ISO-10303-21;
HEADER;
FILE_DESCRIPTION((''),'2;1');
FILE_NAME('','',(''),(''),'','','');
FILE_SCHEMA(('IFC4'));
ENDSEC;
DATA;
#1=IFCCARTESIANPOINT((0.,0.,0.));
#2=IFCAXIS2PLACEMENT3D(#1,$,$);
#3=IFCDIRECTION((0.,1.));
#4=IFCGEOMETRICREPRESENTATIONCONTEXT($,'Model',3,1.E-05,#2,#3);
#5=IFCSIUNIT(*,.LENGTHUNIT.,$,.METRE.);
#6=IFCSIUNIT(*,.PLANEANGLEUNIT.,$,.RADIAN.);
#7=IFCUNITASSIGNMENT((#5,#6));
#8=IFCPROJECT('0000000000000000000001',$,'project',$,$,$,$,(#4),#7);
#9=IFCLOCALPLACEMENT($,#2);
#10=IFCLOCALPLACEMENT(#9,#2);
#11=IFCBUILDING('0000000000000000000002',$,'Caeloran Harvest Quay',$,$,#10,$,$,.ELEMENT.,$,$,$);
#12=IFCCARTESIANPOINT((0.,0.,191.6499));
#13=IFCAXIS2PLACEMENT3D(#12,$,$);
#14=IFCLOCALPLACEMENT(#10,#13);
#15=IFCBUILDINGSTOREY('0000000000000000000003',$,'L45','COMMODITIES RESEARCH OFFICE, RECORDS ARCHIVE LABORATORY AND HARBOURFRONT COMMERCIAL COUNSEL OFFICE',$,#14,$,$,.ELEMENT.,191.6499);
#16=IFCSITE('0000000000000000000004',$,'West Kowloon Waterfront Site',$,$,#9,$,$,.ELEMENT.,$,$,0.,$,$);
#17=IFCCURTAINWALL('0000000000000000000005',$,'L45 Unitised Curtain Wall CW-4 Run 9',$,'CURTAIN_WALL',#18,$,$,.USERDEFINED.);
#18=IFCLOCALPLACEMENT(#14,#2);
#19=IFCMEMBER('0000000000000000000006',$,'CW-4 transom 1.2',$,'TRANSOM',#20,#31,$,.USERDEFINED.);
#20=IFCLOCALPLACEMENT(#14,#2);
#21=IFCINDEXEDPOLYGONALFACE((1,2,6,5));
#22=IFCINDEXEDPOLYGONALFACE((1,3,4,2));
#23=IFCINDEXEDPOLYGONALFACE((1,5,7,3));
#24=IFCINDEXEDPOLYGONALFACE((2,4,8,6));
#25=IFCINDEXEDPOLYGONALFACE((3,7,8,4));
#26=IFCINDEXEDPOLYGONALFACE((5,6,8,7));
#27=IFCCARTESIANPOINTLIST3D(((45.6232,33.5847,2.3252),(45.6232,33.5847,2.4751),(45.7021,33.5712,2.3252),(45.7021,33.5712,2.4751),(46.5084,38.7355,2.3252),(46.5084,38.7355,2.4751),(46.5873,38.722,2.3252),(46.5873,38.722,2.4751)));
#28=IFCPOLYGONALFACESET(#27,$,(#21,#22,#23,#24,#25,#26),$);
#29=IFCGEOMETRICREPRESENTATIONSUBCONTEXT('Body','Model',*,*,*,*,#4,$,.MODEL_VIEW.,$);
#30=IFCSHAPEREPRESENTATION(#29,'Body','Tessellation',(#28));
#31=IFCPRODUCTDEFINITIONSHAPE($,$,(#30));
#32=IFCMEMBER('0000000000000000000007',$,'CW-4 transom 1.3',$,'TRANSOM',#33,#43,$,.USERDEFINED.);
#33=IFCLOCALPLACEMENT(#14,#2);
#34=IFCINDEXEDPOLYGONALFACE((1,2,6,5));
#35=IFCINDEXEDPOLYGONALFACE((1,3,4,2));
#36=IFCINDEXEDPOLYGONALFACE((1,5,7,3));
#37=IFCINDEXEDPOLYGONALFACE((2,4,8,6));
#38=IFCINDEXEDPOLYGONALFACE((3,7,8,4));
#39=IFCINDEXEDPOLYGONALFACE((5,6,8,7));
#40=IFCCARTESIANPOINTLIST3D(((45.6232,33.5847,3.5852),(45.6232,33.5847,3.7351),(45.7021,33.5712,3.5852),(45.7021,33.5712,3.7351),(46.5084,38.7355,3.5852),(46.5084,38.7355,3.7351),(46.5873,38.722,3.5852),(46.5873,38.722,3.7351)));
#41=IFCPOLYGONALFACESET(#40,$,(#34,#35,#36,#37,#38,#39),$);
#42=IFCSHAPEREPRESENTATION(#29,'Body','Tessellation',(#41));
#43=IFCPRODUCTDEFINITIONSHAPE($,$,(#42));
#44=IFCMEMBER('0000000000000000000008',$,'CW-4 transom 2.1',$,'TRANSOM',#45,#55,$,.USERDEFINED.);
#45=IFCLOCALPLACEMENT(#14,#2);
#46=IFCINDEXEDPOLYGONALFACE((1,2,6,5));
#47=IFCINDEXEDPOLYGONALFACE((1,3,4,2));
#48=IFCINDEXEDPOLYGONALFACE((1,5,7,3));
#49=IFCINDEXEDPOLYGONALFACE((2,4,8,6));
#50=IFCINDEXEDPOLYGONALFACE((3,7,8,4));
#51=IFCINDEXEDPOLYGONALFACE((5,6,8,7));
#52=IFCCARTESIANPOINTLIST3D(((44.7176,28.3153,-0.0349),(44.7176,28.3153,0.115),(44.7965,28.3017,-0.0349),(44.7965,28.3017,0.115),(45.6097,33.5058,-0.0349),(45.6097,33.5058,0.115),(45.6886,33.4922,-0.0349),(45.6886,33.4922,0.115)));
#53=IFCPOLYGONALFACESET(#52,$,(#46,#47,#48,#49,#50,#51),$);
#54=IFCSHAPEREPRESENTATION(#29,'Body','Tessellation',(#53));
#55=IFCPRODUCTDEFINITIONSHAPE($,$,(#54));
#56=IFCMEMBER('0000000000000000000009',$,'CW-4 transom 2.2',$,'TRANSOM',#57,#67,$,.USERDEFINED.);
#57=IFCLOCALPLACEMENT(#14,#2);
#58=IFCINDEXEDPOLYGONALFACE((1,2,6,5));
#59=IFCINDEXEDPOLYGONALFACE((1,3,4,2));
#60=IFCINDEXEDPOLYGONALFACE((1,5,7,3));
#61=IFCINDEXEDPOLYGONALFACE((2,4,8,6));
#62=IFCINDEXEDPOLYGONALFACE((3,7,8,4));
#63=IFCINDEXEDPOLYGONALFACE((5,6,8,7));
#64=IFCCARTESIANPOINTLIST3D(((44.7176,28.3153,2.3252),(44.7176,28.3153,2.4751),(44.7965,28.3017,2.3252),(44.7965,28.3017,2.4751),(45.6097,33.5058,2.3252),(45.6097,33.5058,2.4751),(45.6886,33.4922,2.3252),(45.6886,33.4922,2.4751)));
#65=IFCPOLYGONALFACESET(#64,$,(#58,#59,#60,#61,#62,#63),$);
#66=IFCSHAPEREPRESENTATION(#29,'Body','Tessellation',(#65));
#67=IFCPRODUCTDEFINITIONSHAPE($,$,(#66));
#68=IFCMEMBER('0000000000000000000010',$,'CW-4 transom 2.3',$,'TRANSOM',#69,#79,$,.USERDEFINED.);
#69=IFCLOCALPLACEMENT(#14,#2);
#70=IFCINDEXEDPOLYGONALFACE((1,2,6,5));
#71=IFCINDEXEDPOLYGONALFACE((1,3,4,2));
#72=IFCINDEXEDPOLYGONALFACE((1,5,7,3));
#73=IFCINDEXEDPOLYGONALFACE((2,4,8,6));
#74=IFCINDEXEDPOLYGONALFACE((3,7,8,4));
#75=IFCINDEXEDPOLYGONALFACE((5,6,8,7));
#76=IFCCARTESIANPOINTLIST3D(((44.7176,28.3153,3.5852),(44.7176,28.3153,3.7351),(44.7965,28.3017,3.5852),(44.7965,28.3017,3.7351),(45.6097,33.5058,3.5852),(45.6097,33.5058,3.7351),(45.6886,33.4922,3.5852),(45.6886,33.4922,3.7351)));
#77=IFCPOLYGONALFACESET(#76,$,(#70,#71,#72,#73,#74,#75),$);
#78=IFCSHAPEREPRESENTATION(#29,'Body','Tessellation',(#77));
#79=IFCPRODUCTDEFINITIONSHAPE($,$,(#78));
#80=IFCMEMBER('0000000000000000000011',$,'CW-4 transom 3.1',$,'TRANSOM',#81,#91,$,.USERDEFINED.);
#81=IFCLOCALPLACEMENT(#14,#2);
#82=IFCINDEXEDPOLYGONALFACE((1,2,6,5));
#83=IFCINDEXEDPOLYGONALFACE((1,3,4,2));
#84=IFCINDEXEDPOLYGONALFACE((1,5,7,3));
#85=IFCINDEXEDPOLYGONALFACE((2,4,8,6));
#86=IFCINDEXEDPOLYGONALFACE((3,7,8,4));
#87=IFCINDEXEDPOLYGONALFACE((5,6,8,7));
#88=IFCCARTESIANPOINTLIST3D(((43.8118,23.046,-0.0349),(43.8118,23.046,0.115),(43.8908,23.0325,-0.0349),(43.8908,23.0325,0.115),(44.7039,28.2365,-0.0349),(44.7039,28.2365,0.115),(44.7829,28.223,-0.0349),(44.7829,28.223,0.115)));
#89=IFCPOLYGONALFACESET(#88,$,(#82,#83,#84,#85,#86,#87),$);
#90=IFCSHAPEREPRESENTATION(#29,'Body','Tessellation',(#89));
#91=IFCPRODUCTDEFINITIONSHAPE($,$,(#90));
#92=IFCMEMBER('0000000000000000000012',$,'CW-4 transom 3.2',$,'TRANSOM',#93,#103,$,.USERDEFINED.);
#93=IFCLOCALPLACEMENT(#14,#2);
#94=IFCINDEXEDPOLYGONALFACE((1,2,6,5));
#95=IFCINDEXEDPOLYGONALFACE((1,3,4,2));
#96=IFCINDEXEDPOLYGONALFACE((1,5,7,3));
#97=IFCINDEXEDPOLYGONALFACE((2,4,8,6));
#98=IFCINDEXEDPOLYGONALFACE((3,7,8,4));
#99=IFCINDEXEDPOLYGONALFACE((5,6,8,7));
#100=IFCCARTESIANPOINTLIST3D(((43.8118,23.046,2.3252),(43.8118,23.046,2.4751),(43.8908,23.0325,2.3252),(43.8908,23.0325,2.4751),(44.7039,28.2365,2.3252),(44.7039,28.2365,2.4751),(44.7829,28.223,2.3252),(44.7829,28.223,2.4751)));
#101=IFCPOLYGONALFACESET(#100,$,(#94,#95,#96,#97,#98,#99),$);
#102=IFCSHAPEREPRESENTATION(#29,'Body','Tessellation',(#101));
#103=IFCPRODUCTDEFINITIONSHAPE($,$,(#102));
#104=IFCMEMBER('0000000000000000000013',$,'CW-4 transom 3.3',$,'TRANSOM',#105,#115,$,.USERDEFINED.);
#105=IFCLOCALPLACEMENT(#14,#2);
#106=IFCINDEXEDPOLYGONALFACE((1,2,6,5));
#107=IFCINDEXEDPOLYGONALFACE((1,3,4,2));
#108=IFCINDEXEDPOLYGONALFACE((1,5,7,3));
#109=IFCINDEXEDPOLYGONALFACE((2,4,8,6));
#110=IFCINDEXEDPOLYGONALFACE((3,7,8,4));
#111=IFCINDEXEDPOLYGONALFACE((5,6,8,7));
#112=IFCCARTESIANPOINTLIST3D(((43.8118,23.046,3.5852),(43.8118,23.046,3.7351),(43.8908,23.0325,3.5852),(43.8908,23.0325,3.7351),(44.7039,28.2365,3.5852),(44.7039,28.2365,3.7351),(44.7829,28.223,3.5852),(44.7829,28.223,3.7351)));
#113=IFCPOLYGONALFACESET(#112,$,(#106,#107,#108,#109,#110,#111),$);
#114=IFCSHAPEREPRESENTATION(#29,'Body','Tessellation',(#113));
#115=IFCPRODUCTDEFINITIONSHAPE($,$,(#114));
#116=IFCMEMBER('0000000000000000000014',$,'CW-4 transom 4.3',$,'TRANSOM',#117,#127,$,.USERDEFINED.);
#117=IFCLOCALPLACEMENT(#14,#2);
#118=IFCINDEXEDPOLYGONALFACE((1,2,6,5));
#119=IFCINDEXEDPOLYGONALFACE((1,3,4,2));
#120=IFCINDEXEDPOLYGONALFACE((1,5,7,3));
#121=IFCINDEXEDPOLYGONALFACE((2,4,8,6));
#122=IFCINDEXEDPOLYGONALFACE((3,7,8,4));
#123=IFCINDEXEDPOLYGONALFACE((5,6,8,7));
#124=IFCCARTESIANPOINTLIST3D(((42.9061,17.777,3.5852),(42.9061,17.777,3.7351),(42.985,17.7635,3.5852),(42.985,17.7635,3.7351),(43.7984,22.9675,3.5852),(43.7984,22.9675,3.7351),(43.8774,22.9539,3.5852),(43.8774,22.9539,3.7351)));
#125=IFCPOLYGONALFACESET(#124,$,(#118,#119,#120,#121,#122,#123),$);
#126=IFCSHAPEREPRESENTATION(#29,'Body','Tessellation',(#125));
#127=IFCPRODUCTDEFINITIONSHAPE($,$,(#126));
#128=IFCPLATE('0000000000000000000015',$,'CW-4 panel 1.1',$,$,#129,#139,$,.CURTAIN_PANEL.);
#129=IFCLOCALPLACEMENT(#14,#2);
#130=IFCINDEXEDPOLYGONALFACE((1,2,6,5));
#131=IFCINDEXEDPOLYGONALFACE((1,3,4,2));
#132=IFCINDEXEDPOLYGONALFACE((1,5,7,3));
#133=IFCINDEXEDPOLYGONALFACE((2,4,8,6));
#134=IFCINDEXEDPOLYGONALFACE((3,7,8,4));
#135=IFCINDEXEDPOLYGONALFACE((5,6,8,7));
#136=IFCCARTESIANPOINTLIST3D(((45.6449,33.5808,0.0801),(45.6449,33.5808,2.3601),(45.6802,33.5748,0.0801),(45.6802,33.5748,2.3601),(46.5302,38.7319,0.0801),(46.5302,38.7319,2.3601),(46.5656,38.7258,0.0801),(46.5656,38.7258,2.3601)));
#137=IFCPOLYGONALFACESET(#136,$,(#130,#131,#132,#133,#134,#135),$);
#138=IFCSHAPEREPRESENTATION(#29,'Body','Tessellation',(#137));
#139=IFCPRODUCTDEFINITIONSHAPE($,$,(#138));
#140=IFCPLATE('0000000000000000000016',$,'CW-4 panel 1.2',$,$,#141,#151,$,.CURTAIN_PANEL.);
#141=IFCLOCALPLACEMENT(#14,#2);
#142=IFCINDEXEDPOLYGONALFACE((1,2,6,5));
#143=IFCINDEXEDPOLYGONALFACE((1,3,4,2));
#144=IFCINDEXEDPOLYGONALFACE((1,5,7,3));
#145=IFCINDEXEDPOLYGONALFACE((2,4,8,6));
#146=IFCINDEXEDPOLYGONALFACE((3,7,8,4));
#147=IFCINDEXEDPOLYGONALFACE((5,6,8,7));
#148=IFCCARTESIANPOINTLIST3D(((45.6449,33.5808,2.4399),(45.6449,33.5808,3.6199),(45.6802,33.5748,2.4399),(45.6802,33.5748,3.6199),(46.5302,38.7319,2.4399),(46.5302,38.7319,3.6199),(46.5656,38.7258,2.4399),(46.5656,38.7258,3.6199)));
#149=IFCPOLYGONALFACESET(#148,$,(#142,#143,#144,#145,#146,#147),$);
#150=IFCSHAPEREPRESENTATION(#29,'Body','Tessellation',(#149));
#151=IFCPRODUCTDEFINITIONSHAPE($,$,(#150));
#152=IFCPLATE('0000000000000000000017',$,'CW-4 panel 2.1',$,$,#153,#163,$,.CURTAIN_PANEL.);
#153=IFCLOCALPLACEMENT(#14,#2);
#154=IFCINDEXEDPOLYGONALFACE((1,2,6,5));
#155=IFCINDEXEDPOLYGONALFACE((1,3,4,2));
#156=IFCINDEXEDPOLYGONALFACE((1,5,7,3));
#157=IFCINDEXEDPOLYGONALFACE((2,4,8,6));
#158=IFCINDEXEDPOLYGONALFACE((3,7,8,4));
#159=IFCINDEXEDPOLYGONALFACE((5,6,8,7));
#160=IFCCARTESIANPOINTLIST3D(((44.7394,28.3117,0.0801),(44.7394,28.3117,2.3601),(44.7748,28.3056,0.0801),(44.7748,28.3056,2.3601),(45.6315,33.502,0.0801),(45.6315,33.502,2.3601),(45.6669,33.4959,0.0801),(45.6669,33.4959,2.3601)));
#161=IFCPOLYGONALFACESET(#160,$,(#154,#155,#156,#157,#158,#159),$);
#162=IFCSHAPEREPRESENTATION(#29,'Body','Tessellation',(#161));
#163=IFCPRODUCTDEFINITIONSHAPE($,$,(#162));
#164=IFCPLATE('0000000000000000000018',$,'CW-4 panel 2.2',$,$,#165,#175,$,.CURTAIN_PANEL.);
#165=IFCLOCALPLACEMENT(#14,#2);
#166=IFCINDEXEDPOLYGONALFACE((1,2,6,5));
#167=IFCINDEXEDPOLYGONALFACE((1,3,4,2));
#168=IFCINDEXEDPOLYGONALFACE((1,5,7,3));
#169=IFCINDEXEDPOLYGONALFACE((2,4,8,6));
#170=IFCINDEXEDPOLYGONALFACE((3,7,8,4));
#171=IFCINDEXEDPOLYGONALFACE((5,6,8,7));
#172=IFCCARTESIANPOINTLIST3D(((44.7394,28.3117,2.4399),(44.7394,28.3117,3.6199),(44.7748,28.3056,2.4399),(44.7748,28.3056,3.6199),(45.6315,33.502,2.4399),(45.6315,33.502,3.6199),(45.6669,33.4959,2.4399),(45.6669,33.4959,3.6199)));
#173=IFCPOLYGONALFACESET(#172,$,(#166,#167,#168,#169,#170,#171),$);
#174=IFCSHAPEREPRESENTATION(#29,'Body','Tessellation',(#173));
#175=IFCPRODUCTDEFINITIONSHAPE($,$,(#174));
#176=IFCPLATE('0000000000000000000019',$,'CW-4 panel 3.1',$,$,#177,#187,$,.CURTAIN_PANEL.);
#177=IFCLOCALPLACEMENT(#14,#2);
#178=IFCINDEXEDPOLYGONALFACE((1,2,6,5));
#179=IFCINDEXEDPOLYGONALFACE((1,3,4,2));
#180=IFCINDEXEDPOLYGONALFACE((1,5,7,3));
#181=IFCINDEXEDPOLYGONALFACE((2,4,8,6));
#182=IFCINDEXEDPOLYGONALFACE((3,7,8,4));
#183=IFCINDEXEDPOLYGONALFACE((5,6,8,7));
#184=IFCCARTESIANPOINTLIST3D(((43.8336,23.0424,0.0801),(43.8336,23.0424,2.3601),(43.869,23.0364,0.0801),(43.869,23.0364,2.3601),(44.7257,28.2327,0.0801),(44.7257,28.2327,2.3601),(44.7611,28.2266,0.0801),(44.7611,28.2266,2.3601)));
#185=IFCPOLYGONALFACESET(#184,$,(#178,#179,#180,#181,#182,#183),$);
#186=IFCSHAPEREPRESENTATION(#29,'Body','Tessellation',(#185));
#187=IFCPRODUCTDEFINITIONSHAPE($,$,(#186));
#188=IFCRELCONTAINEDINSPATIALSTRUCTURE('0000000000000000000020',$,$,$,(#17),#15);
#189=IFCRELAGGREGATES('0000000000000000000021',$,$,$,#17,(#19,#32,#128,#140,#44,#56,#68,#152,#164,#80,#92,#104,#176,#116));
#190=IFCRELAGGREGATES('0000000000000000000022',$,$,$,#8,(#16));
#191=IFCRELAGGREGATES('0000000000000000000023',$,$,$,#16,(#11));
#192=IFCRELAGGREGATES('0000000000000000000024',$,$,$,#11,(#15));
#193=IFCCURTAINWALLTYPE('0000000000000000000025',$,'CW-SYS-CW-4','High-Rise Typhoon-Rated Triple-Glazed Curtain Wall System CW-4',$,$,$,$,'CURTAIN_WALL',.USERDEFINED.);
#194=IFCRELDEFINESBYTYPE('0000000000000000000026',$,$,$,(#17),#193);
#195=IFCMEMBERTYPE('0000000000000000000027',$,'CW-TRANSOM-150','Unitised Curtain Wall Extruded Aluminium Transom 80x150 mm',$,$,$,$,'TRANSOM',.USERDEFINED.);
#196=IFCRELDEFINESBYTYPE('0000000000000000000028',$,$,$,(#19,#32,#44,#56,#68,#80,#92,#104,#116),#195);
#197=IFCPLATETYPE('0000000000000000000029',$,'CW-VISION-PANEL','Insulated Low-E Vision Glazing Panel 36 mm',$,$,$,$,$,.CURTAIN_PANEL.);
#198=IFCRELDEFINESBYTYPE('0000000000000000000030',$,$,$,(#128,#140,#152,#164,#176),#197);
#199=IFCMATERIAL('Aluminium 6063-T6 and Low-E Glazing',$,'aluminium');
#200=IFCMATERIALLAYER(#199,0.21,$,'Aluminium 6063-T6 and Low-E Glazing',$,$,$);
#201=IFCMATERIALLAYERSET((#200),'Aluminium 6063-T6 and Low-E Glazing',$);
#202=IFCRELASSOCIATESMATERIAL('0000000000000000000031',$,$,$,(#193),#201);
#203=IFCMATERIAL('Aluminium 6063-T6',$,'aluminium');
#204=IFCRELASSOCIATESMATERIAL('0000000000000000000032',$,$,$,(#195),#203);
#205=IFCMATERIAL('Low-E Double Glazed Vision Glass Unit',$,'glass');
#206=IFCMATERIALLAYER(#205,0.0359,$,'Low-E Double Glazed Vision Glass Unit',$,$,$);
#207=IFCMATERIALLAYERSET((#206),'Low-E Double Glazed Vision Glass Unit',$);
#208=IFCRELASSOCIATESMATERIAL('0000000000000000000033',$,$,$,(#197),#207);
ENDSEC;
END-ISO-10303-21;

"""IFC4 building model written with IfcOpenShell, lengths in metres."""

from ifc_helpers import new_model, si_unit, direction, frame, origin, origin_2d, place, context, subcontext, project, spatial, rectangle, extrude, material, layer, layer_set, material_profile, profile_set, type_object, element, aggregate, save


model = new_model("IFC4")

# Units and contexts
model_context = context("Model", 3, precision=1e-05, world=origin(), true_north=direction((0.0, 1.0)))
body_context = subcontext(model_context, "Body", "Model", "MODEL_VIEW")
ifc_project = project(units=[si_unit("LENGTHUNIT", "METRE"), si_unit("PLANEANGLEUNIT", "RADIAN")], contexts=[model_context])

# Site, building, storey
site_placement = place(None, origin())
site = spatial("IfcSite", under=ifc_project, at=site_placement, Name="West Kowloon Waterfront Site", CompositionType="ELEMENT", RefElevation=0.0)
building_placement = place(site_placement, origin())
building = spatial("IfcBuilding", under=site, at=building_placement, Name="Caeloran Harvest Quay", CompositionType="ELEMENT")
storey_placement = place(building_placement, frame((0.0, 0.0, 191.6499)))
storey = spatial("IfcBuildingStorey", under=building, at=storey_placement, Name="L45", Description="COMMODITIES RESEARCH OFFICE, RECORDS ARCHIVE LABORATORY AND HARBOURFRONT COMMERCIAL COUNSEL OFFICE", CompositionType="ELEMENT", Elevation=191.6499)

# Curtain wall, members, plates
ifc_material_1 = material(Name="Aluminium 6063-T6 and Low-E Glazing", Category="aluminium")
ifc_layer_1 = layer(ifc_material_1, 0.21, Name="Aluminium 6063-T6 and Low-E Glazing")
ifc_layer_set_1 = layer_set([ifc_layer_1], Name="Aluminium 6063-T6 and Low-E Glazing")
curtain_wall_type = type_object("IfcCurtainWallType", Name="CW-SYS-CW-4", Description="High-Rise Typhoon-Rated Triple-Glazed Curtain Wall System CW-4", ElementType="CURTAIN_WALL", PredefinedType="USERDEFINED", material=ifc_layer_set_1)
curtain_wall_placement = place(storey_placement, origin())
curtain_wall = element("IfcCurtainWall", 1, at=curtain_wall_placement, inside=storey, type_object=curtain_wall_type, Name="L45 Unitised Curtain Wall CW-4 Run 9", ObjectType="CURTAIN_WALL", PredefinedType="USERDEFINED")
ifc_material_2 = material(Name="Aluminium 6063-T6", Category="aluminium")
ifc_material_profile_1 = material_profile(ifc_material_2, rectangle(XDim=0.0801, YDim=0.1499, at=origin_2d()), Name="CW-TRANSOM-150")
ifc_profile_set_1 = profile_set([ifc_material_profile_1], Name="Aluminium 6063-T6")
member_type_1 = type_object("IfcMemberType", Name="CW-TRANSOM-150", Description="Unitised Curtain Wall Extruded Aluminium Transom 80x150 mm", ElementType="TRANSOM", PredefinedType="USERDEFINED", material=ifc_profile_set_1)
member_1_placement = place(storey_placement, frame((46.5479, 38.7288, 2.4001), z_axis=(-0.169381, -0.985551, 0.0), x_axis=(0.985551, -0.169381, 0.0)))
member_1 = element("IfcMember", 2, at=member_1_placement, type_object=member_type_1, Name="CW-4 transom 1.2", ObjectType="TRANSOM", PredefinedType="USERDEFINED", context=body_context, shape_type="SweptSolid", body=[
    extrude(rectangle(XDim=0.0801, YDim=0.1499, at=origin_2d()), origin(), (0.0, 0.0, 1.0), 5.2263),
])
member_2_placement = place(storey_placement, frame((46.5479, 38.7288, 3.6602), z_axis=(-0.169381, -0.985551, 0.0), x_axis=(0.985551, -0.169381, 0.0)))
member_2 = element("IfcMember", 3, at=member_2_placement, type_object=member_type_1, Name="CW-4 transom 1.3", ObjectType="TRANSOM", PredefinedType="USERDEFINED", context=body_context, shape_type="SweptSolid", body=[
    extrude(rectangle(XDim=0.0801, YDim=0.1499, at=origin_2d()), origin(), (0.0, 0.0, 1.0), 5.2263),
])
member_3_placement = place(storey_placement, frame((45.6492, 33.499, 0.04), z_axis=(-0.169388, -0.985549, 0.0), x_axis=(0.985549, -0.169388, 0.0)))
member_3 = element("IfcMember", 4, at=member_3_placement, type_object=member_type_1, Name="CW-4 transom 2.1", ObjectType="TRANSOM", PredefinedType="USERDEFINED", context=body_context, shape_type="SweptSolid", body=[
    extrude(rectangle(XDim=0.0801, YDim=0.1499, at=origin_2d()), origin(), (0.0, 0.0, 1.0), 5.2666),
])
member_4_placement = place(storey_placement, frame((45.6492, 33.499, 2.4001), z_axis=(-0.169388, -0.985549, 0.0), x_axis=(0.985549, -0.169388, 0.0)))
member_4 = element("IfcMember", 5, at=member_4_placement, type_object=member_type_1, Name="CW-4 transom 2.2", ObjectType="TRANSOM", PredefinedType="USERDEFINED", context=body_context, shape_type="SweptSolid", body=[
    extrude(rectangle(XDim=0.0801, YDim=0.1499, at=origin_2d()), origin(), (0.0, 0.0, 1.0), 5.2666),
])
member_5_placement = place(storey_placement, frame((45.6492, 33.499, 3.6602), z_axis=(-0.169388, -0.985549, 0.0), x_axis=(0.985549, -0.169388, 0.0)))
member_5 = element("IfcMember", 6, at=member_5_placement, type_object=member_type_1, Name="CW-4 transom 2.3", ObjectType="TRANSOM", PredefinedType="USERDEFINED", context=body_context, shape_type="SweptSolid", body=[
    extrude(rectangle(XDim=0.0801, YDim=0.1499, at=origin_2d()), origin(), (0.0, 0.0, 1.0), 5.2666),
])
member_6_placement = place(storey_placement, frame((44.7434, 28.2297, 0.04), z_axis=(-0.169388, -0.985549, 0.0), x_axis=(0.985549, -0.169388, 0.0)))
member_6 = element("IfcMember", 7, at=member_6_placement, type_object=member_type_1, Name="CW-4 transom 3.1", ObjectType="TRANSOM", PredefinedType="USERDEFINED", context=body_context, shape_type="SweptSolid", body=[
    extrude(rectangle(XDim=0.0801, YDim=0.1499, at=origin_2d()), origin(), (0.0, 0.0, 1.0), 5.2666),
])
member_7_placement = place(storey_placement, frame((44.7434, 28.2297, 2.4001), z_axis=(-0.169388, -0.985549, 0.0), x_axis=(0.985549, -0.169388, 0.0)))
member_7 = element("IfcMember", 8, at=member_7_placement, type_object=member_type_1, Name="CW-4 transom 3.2", ObjectType="TRANSOM", PredefinedType="USERDEFINED", context=body_context, shape_type="SweptSolid", body=[
    extrude(rectangle(XDim=0.0801, YDim=0.1499, at=origin_2d()), origin(), (0.0, 0.0, 1.0), 5.2666),
])
member_8_placement = place(storey_placement, frame((44.7434, 28.2297, 3.6602), z_axis=(-0.169388, -0.985549, 0.0), x_axis=(0.985549, -0.169388, 0.0)))
member_8 = element("IfcMember", 9, at=member_8_placement, type_object=member_type_1, Name="CW-4 transom 3.3", ObjectType="TRANSOM", PredefinedType="USERDEFINED", context=body_context, shape_type="SweptSolid", body=[
    extrude(rectangle(XDim=0.0801, YDim=0.1499, at=origin_2d()), origin(), (0.0, 0.0, 1.0), 5.2666),
])
member_9_placement = place(storey_placement, frame((43.8379, 22.9607, 3.6602), z_axis=(-0.169433, -0.985542, 0.0), x_axis=(0.985542, -0.169433, 0.0)))
member_9 = element("IfcMember", 10, at=member_9_placement, type_object=member_type_1, Name="CW-4 transom 4.3", ObjectType="TRANSOM", PredefinedType="USERDEFINED", context=body_context, shape_type="SweptSolid", body=[
    extrude(rectangle(XDim=0.0801, YDim=0.1499, at=origin_2d()), origin(), (0.0, 0.0, 1.0), 5.2666),
])
ifc_material_3 = material(Name="Low-E Double Glazed Vision Glass Unit", Category="glass")
ifc_layer_2 = layer(ifc_material_3, 0.0359, Name="Low-E Double Glazed Vision Glass Unit")
ifc_layer_set_2 = layer_set([ifc_layer_2], Name="Low-E Double Glazed Vision Glass Unit")
plate_type = type_object("IfcPlateType", Name="CW-VISION-PANEL", Description="Insulated Low-E Vision Glazing Panel 36 mm", PredefinedType="CURTAIN_PANEL", material=ifc_layer_set_2)
plate_1_placement = place(storey_placement, frame((46.1052, 36.1533, 0.0801), z_axis=(0.0, 0.0, 1.0), x_axis=(-0.169392, -0.985549, 0.0)))
plate_1 = element("IfcPlate", 11, at=plate_1_placement, type_object=plate_type, Name="CW-4 panel 1.1", PredefinedType="CURTAIN_PANEL", context=body_context, shape_type="SweptSolid", body=[
    extrude(rectangle(XDim=5.2266, YDim=0.0359, at=origin_2d()), origin(), (0.0, 0.0, 1.0), 2.28),
])
plate_2_placement = place(storey_placement, frame((46.1052, 36.1533, 2.4399), z_axis=(0.0, 0.0, 1.0), x_axis=(-0.169392, -0.985549, 0.0)))
plate_2 = element("IfcPlate", 12, at=plate_2_placement, type_object=plate_type, Name="CW-4 panel 1.2", PredefinedType="CURTAIN_PANEL", context=body_context, shape_type="SweptSolid", body=[
    extrude(rectangle(XDim=5.2266, YDim=0.0359, at=origin_2d()), origin(), (0.0, 0.0, 1.0), 1.1799),
])
plate_3_placement = place(storey_placement, frame((45.2031, 30.9038, 0.0801), z_axis=(0.0, 0.0, 1.0), x_axis=(-0.169392, -0.985549, 0.0)))
plate_3 = element("IfcPlate", 13, at=plate_3_placement, type_object=plate_type, Name="CW-4 panel 2.1", PredefinedType="CURTAIN_PANEL", context=body_context, shape_type="SweptSolid", body=[
    extrude(rectangle(XDim=5.2664, YDim=0.0359, at=origin_2d()), origin(), (0.0, 0.0, 1.0), 2.28),
])
plate_4_placement = place(storey_placement, frame((45.2031, 30.9038, 2.4399), z_axis=(0.0, 0.0, 1.0), x_axis=(-0.169392, -0.985549, 0.0)))
plate_4 = element("IfcPlate", 14, at=plate_4_placement, type_object=plate_type, Name="CW-4 panel 2.2", PredefinedType="CURTAIN_PANEL", context=body_context, shape_type="SweptSolid", body=[
    extrude(rectangle(XDim=5.2664, YDim=0.0359, at=origin_2d()), origin(), (0.0, 0.0, 1.0), 1.1799),
])
plate_5_placement = place(storey_placement, frame((44.2974, 25.6345, 0.0801), z_axis=(0.0, 0.0, 1.0), x_axis=(-0.169392, -0.985549, 0.0)))
plate_5 = element("IfcPlate", 15, at=plate_5_placement, type_object=plate_type, Name="CW-4 panel 3.1", PredefinedType="CURTAIN_PANEL", context=body_context, shape_type="SweptSolid", body=[
    extrude(rectangle(XDim=5.2664, YDim=0.0359, at=origin_2d()), origin(), (0.0, 0.0, 1.0), 2.28),
])
aggregate(curtain_wall, [member_1, member_2, plate_1, plate_2, member_3, member_4, member_5, plate_3, plate_4, member_6, member_7, member_8, plate_5, member_9])

save(model, "model.ifc")
